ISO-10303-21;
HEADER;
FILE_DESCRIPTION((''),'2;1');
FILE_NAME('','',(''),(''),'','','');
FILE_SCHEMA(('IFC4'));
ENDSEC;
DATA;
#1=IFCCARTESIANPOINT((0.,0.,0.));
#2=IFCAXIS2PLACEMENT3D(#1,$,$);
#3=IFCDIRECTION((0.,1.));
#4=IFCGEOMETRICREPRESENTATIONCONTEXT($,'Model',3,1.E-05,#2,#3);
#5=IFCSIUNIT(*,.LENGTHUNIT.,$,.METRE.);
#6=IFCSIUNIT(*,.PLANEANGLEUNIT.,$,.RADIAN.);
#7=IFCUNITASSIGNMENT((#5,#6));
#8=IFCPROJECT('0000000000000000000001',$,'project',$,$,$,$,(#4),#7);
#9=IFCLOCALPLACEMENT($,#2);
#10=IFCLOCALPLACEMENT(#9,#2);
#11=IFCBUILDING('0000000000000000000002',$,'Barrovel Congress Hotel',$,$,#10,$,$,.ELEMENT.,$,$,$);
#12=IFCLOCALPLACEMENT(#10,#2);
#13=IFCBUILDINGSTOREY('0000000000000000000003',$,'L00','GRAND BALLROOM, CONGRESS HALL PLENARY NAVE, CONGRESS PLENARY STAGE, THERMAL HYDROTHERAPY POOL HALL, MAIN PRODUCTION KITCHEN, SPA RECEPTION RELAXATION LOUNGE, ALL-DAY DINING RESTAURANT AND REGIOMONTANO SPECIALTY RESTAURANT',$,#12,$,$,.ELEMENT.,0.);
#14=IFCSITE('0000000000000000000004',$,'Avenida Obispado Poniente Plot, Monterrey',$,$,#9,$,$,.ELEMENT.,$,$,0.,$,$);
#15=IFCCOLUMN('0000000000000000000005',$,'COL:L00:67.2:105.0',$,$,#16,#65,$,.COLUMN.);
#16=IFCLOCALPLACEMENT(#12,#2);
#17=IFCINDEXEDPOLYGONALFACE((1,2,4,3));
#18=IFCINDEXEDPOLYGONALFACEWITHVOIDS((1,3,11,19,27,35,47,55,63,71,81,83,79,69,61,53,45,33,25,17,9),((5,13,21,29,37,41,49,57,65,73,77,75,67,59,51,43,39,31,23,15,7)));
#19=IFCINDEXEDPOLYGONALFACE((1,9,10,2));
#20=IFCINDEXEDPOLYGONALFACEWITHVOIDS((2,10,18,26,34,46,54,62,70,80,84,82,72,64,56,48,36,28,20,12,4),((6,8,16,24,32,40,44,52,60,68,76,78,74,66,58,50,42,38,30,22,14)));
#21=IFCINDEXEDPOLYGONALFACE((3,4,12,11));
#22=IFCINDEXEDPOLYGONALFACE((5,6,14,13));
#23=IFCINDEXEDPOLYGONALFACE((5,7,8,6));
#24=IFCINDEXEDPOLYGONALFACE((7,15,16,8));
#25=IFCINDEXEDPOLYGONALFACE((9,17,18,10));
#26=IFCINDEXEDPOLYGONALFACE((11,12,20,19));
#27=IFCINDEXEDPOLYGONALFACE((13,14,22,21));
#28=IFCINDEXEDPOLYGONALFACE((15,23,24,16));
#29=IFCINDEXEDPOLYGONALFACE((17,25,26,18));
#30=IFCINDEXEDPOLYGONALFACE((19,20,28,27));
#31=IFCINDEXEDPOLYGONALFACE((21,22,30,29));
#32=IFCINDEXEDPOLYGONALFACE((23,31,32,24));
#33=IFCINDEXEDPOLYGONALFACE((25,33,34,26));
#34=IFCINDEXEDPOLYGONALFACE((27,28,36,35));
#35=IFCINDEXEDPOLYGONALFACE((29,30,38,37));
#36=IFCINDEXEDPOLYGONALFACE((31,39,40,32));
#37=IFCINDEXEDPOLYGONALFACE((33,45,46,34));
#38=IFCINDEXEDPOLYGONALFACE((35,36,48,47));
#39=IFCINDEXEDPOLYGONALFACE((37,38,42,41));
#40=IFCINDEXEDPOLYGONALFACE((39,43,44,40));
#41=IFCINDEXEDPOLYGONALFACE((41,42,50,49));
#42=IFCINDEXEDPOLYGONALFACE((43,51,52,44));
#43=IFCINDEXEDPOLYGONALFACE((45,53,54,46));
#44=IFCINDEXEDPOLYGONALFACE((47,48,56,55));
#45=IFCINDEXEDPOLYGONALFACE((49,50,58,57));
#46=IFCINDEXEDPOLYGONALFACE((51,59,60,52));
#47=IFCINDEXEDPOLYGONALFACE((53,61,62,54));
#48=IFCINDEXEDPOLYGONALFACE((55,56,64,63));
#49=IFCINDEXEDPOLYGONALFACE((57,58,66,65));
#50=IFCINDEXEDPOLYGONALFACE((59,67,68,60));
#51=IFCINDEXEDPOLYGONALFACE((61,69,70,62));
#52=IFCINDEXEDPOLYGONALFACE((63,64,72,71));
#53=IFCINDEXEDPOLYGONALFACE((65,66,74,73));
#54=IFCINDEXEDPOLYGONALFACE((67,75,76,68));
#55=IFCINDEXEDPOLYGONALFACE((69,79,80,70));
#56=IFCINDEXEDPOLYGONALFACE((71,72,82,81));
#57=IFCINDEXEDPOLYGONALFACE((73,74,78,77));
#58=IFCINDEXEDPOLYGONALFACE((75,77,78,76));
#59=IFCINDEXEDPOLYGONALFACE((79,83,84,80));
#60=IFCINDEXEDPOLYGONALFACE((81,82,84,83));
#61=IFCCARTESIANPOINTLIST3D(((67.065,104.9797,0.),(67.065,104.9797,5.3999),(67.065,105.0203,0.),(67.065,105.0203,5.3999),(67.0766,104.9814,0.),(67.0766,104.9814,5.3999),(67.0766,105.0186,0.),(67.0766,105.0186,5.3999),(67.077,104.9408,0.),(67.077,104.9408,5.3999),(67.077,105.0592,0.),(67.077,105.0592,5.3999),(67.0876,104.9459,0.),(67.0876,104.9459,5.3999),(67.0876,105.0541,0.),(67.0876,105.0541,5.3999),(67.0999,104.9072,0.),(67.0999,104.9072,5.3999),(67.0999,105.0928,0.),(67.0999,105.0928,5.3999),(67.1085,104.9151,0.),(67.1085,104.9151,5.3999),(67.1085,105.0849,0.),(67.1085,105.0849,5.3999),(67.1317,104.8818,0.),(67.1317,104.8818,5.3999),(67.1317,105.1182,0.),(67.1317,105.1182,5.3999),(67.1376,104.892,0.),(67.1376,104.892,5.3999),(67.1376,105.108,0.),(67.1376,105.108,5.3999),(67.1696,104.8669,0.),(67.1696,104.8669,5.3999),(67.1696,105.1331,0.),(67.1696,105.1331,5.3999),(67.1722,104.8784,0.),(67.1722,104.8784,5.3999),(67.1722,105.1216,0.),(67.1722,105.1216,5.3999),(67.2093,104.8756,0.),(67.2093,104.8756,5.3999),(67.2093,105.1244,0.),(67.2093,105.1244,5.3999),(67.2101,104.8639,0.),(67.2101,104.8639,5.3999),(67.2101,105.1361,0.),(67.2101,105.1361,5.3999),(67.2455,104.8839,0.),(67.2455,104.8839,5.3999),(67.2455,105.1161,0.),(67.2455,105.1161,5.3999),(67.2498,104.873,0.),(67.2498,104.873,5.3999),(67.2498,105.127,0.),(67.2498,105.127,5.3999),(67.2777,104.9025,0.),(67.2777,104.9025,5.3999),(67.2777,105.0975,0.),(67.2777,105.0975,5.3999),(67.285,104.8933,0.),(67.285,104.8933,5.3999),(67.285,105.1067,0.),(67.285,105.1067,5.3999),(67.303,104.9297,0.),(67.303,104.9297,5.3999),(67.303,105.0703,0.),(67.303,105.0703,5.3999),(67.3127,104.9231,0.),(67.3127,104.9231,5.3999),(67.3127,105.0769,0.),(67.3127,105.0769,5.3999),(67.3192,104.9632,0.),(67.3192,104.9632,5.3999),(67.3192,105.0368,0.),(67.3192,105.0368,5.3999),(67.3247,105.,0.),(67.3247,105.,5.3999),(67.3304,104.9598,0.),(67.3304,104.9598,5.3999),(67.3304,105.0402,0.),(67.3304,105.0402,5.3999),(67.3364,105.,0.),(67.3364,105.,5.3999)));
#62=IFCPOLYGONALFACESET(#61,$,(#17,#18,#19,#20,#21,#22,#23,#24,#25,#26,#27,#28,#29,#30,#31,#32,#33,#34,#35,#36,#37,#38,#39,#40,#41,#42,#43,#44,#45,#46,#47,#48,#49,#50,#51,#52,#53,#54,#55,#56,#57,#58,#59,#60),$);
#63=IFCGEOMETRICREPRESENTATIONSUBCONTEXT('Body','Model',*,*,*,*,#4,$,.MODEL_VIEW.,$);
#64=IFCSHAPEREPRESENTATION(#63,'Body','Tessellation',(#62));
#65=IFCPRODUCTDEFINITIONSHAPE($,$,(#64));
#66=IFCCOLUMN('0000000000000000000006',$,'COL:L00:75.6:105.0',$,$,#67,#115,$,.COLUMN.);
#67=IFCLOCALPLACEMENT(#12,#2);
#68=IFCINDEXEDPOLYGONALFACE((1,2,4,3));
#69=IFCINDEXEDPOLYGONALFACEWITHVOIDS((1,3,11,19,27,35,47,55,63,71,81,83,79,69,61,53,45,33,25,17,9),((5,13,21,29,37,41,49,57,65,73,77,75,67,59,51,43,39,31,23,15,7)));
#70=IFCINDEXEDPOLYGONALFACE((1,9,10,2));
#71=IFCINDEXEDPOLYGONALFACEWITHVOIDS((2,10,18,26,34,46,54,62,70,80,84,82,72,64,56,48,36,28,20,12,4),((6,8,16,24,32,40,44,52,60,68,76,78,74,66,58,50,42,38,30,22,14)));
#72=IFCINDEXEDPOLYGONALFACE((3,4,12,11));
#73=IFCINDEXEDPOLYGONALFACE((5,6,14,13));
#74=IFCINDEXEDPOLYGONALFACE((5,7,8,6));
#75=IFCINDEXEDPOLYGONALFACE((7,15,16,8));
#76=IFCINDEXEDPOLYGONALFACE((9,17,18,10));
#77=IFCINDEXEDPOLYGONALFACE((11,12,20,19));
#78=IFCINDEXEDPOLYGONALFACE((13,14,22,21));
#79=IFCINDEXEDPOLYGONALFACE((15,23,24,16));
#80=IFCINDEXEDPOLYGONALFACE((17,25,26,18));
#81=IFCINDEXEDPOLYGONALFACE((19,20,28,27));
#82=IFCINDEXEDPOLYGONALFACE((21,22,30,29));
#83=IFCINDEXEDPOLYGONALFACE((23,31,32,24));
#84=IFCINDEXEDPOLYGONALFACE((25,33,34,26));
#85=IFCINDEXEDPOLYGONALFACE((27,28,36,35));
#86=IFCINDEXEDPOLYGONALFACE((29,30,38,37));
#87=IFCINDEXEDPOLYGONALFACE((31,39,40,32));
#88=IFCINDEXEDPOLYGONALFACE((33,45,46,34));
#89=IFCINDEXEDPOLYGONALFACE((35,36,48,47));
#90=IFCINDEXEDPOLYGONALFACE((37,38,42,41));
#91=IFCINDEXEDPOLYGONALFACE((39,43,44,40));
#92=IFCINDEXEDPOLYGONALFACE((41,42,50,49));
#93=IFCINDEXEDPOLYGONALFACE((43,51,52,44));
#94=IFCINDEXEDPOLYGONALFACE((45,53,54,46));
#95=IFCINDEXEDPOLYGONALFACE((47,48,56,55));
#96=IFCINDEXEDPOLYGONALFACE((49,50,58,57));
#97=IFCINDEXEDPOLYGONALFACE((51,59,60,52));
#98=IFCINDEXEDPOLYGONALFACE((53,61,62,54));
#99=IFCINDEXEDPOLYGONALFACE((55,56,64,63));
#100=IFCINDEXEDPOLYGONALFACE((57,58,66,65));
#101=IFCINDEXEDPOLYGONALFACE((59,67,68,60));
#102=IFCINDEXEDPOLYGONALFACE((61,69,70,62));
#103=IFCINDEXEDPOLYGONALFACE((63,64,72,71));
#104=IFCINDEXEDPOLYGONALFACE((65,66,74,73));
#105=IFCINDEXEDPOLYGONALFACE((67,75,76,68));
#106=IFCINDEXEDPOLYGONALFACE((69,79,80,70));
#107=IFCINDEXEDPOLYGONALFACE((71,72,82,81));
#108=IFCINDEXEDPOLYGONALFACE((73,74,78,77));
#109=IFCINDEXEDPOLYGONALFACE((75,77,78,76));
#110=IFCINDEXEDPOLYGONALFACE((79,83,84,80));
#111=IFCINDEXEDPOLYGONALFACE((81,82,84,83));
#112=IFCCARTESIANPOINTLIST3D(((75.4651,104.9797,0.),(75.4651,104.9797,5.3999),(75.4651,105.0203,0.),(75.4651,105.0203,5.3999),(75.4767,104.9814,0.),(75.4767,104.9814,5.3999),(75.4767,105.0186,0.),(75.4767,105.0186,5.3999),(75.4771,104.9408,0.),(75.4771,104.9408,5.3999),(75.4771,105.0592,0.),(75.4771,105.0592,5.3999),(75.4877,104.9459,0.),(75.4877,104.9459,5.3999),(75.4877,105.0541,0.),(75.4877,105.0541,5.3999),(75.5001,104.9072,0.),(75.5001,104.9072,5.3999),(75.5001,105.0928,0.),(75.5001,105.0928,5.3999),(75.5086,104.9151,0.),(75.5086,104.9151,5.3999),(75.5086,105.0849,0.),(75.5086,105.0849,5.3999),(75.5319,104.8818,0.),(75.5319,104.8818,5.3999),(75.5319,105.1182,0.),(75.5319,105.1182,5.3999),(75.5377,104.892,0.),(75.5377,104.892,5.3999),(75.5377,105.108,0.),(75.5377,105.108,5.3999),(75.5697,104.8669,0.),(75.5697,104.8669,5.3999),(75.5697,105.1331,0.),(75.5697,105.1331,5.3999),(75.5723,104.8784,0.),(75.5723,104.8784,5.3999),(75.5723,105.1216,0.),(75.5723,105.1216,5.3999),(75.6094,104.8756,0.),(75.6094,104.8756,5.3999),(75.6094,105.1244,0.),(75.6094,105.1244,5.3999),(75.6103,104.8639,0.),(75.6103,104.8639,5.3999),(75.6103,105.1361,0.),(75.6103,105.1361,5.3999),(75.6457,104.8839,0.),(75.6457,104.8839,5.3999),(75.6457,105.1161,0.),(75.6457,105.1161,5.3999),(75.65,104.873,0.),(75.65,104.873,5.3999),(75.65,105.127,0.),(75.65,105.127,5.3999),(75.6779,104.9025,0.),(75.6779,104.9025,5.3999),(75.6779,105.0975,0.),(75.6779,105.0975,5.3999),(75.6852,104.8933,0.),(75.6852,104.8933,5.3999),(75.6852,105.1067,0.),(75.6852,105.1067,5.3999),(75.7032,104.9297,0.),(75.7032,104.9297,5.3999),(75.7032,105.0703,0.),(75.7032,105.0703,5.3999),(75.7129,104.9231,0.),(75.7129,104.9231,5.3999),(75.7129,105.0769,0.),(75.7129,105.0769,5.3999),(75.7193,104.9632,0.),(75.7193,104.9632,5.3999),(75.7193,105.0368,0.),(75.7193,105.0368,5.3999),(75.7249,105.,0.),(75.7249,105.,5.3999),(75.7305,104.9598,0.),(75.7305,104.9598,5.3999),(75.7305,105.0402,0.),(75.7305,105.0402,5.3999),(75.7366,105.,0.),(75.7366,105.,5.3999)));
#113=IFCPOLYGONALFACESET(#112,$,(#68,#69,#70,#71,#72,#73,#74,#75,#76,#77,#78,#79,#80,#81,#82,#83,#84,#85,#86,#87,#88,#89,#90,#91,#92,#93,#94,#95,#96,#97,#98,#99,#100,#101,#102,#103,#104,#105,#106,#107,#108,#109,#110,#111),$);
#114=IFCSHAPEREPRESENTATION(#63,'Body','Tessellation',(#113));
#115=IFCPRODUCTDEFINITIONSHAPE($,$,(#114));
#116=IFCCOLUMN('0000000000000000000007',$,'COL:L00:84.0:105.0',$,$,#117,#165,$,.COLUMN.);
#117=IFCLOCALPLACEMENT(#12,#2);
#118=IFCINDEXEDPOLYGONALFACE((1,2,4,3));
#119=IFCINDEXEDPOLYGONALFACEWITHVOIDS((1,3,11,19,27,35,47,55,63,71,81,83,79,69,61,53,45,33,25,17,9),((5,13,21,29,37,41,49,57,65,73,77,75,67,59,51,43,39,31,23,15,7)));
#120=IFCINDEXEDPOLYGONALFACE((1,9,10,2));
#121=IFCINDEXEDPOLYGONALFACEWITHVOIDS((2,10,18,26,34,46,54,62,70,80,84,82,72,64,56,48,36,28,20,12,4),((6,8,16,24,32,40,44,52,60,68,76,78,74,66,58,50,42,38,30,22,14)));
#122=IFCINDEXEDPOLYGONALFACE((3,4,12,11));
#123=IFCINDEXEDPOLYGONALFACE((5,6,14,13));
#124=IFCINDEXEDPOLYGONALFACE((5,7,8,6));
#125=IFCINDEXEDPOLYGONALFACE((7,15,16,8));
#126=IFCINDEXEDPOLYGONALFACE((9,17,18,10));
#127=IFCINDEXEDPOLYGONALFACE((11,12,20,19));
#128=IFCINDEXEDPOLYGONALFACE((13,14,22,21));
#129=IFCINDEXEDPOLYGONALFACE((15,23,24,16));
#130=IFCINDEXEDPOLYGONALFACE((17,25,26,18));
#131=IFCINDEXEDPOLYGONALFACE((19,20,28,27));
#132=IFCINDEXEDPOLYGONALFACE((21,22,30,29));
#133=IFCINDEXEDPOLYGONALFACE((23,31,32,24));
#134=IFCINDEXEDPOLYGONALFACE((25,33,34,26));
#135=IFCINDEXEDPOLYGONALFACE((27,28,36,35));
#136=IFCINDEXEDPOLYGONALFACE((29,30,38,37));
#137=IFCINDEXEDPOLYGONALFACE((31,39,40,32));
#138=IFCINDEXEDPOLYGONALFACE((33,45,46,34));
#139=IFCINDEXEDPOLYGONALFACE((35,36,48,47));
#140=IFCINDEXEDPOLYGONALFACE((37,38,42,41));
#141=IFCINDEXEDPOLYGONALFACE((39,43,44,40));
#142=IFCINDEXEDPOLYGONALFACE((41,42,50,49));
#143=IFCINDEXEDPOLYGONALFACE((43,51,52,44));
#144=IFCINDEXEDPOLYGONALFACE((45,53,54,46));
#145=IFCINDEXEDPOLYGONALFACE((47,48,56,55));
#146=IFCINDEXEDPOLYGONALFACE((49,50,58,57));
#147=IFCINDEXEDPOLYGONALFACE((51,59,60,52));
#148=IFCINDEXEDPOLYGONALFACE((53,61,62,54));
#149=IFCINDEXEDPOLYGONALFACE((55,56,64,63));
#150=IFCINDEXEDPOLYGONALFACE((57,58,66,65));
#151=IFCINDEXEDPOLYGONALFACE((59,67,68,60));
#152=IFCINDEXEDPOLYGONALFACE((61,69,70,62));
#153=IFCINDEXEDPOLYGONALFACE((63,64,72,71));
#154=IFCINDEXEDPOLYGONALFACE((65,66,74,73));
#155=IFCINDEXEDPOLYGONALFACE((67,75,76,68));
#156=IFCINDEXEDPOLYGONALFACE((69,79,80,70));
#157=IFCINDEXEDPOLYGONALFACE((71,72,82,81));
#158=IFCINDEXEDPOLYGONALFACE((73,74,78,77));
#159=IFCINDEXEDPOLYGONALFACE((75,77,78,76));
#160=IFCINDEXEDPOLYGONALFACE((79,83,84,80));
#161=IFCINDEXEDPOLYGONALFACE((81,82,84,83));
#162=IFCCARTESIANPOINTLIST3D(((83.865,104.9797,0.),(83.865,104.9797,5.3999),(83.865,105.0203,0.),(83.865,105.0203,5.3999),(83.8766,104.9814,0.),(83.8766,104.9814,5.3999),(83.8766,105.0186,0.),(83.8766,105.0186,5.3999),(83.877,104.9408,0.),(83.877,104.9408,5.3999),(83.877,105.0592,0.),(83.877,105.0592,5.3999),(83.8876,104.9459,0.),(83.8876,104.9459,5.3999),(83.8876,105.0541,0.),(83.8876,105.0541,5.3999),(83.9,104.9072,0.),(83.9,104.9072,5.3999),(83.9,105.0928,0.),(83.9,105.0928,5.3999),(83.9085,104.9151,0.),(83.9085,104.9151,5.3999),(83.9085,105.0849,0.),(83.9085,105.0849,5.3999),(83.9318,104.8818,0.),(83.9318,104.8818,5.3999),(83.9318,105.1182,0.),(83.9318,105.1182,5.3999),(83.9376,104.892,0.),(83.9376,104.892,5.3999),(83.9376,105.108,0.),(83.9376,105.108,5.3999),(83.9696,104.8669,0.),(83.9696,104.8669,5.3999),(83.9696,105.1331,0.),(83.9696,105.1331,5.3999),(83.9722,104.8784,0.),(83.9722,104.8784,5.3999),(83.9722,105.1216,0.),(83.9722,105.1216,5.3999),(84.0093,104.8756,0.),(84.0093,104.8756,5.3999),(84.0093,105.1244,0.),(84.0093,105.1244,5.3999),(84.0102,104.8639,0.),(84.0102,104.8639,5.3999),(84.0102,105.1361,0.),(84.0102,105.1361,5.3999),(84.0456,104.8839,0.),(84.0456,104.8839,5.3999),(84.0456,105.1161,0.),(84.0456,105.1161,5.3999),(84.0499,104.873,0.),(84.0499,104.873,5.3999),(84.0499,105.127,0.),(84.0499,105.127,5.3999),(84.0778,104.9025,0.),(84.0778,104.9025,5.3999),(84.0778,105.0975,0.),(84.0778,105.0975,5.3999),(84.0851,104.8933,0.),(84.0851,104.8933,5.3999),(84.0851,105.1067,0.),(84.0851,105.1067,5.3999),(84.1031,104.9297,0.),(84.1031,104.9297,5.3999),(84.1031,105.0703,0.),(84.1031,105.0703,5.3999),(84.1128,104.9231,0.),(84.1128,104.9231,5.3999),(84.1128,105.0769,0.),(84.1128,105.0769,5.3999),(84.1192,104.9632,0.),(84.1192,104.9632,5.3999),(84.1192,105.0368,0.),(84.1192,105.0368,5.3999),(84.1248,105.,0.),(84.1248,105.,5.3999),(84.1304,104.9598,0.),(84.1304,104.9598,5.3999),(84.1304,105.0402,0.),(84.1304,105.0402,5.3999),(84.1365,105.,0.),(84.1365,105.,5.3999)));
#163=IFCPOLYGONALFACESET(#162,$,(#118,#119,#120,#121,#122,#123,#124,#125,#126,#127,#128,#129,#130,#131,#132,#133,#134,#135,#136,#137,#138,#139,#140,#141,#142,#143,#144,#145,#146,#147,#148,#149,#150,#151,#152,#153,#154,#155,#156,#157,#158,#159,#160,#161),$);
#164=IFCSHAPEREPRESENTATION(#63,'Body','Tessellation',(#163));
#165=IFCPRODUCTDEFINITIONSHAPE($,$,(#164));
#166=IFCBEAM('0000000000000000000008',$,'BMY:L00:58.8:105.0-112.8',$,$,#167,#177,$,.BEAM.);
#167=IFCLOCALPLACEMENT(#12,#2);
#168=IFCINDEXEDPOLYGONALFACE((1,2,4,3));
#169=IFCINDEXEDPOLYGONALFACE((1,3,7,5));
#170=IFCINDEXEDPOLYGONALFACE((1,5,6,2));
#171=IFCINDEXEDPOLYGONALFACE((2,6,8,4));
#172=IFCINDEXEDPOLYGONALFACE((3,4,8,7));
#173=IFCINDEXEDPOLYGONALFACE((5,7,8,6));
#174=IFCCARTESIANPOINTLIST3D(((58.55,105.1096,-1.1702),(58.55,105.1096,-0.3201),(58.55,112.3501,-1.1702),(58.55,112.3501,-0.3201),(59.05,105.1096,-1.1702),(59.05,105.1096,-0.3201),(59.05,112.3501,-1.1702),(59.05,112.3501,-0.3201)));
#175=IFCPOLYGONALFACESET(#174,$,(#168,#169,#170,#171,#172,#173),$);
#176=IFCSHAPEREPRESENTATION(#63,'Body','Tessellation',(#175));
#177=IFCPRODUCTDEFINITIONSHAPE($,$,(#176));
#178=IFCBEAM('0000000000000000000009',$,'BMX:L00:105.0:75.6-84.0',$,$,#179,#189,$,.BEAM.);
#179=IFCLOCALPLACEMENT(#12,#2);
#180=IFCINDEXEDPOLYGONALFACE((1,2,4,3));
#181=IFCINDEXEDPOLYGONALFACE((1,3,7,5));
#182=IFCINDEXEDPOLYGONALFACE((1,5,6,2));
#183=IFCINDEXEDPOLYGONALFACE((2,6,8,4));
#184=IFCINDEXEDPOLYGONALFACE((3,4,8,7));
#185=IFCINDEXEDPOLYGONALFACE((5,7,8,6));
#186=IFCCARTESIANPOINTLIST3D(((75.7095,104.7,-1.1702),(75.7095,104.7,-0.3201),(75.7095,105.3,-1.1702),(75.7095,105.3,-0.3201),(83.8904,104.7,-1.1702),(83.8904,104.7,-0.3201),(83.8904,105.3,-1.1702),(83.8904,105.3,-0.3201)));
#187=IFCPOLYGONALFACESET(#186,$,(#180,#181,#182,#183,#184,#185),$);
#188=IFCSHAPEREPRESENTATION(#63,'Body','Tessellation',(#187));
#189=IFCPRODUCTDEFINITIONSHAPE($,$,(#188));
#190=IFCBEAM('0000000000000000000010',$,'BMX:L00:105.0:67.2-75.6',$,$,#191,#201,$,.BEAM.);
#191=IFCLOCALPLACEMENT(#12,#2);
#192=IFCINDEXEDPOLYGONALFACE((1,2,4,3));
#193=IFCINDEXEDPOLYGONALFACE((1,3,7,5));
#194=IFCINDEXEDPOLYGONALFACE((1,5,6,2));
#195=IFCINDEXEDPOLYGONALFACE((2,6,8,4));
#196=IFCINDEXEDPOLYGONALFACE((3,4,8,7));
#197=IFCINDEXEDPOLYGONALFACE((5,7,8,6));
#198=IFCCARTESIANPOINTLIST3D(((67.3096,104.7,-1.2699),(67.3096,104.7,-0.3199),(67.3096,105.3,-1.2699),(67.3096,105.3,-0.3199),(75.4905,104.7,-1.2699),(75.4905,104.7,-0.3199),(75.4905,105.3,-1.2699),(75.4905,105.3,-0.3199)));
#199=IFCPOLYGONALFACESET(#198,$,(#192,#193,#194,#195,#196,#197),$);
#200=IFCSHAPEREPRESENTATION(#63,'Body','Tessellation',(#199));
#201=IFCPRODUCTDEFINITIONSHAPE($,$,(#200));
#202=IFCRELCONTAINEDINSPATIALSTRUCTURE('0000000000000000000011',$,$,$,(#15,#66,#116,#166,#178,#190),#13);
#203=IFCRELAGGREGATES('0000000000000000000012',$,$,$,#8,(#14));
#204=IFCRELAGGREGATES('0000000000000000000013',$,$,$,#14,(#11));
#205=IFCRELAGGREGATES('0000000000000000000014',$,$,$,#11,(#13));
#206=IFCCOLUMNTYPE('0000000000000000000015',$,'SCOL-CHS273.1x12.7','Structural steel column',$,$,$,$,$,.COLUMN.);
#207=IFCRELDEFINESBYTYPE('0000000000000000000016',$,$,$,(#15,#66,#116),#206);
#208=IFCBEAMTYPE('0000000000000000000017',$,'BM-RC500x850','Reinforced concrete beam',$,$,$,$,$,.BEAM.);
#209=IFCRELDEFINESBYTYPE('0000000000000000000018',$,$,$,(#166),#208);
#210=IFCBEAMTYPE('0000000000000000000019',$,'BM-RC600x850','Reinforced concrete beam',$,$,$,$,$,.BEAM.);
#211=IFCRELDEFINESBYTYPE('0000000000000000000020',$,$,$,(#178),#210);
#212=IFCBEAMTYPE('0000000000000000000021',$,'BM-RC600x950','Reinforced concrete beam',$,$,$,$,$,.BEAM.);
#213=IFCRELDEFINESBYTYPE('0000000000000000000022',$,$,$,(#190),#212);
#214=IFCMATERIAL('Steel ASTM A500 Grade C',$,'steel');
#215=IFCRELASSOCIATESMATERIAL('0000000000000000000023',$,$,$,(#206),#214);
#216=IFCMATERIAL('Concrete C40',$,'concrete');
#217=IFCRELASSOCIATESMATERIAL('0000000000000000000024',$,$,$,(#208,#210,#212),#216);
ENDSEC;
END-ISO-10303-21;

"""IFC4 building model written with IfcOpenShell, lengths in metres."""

from ifc_helpers import new_model, si_unit, direction, frame, origin, origin_2d, place, context, subcontext, project, spatial, rectangle, hollow_circle, extrude, material, material_profile, profile_set, type_object, element, save


model = new_model("IFC4")

# Units and contexts
model_context = context("Model", 3, precision=1e-05, world=origin(), true_north=direction((0.0, 1.0)))
body_context = subcontext(model_context, "Body", "Model", "MODEL_VIEW")
ifc_project = project(units=[si_unit("LENGTHUNIT", "METRE"), si_unit("PLANEANGLEUNIT", "RADIAN")], contexts=[model_context])

# Site, building, storey
site_placement = place(None, origin())
site = spatial("IfcSite", under=ifc_project, at=site_placement, Name="Avenida Obispado Poniente Plot, Monterrey", CompositionType="ELEMENT", RefElevation=0.0)
building_placement = place(site_placement, origin())
building = spatial("IfcBuilding", under=site, at=building_placement, Name="Barrovel Congress Hotel", CompositionType="ELEMENT")
storey_placement = place(building_placement, origin())
storey = spatial("IfcBuildingStorey", under=building, at=storey_placement, Name="L00", Description="GRAND BALLROOM, CONGRESS HALL PLENARY NAVE, CONGRESS PLENARY STAGE, THERMAL HYDROTHERAPY POOL HALL, MAIN PRODUCTION KITCHEN, SPA RECEPTION RELAXATION LOUNGE, ALL-DAY DINING RESTAURANT AND REGIOMONTANO SPECIALTY RESTAURANT", CompositionType="ELEMENT", Elevation=0.0)

# Shared definitions
ifc_material_1 = material(Name="Concrete C40", Category="concrete")

# Columns
ifc_material_2 = material(Name="Steel ASTM A500 Grade C", Category="steel")
ifc_material_profile_1 = material_profile(ifc_material_2, hollow_circle(Radius=0.1365, WallThickness=0.0117, at=origin_2d()), Name="CHS273.1x12.7")
ifc_profile_set_1 = profile_set([ifc_material_profile_1], Name="Steel ASTM A500 Grade C")
column_type_1 = type_object("IfcColumnType", Name="SCOL-CHS273.1x12.7", Description="Structural steel column", PredefinedType="COLUMN", material=ifc_profile_set_1)
for number, where, z_axis, x_axis, name in (
    (1, (67.2, 105.0, 0.0), (0.0, 0.0, 1.0), (1.0, 0.0, 0.0), "COL:L00:67.2:105.0"),
    (2, (75.6001, 105.0, 0.0), (0.0, 0.0, 1.0), (1.0, 0.0, 0.0), "COL:L00:75.6:105.0"),
    (3, (84.0, 105.0, 0.0), (0.0, 0.0, 1.0), (1.0, 0.0, 0.0), "COL:L00:84.0:105.0"),
):
    element("IfcColumn", number, at=place(storey_placement, frame(where, z_axis=z_axis, x_axis=x_axis)), inside=storey, type_object=column_type_1, Name=name, PredefinedType="COLUMN", context=body_context, shape_type="SweptSolid", body=[
        extrude(hollow_circle(Radius=0.1365, WallThickness=0.0117, at=origin_2d()), origin(), (0.0, 0.0, 1.0), 5.3999),
    ])

# Beams
ifc_material_profile_2 = material_profile(ifc_material_1, rectangle(XDim=0.5, YDim=0.8501, at=origin_2d()), Name="RC500x850")
ifc_profile_set_2 = profile_set([ifc_material_profile_2], Name="Concrete C40")
beam_type_1 = type_object("IfcBeamType", Name="BM-RC500x850", Description="Reinforced concrete beam", PredefinedType="BEAM", material=ifc_profile_set_2)
beam_1_placement = place(storey_placement, frame((58.8, 105.1096, -0.7451), z_axis=(0.0, 1.0, 0.0), x_axis=(-1.0, 0.0, 0.0)))
element("IfcBeam", 4, at=beam_1_placement, inside=storey, type_object=beam_type_1, Name="BMY:L00:58.8:105.0-112.8", PredefinedType="BEAM", context=body_context, shape_type="SweptSolid", body=[
    extrude(rectangle(XDim=0.5, YDim=0.8501, at=origin_2d()), origin(), (0.0, 0.0, 1.0), 7.2405),
])
ifc_material_profile_3 = material_profile(ifc_material_1, rectangle(XDim=0.6001, YDim=0.8501, at=origin_2d()), Name="RC600x850")
ifc_profile_set_3 = profile_set([ifc_material_profile_3], Name="Concrete C40")
beam_type_2 = type_object("IfcBeamType", Name="BM-RC600x850", Description="Reinforced concrete beam", PredefinedType="BEAM", material=ifc_profile_set_3)
beam_2_placement = place(storey_placement, frame((75.7095, 105.0, -0.7451), z_axis=(1.0, 0.0, 0.0), x_axis=(0.0, 1.0, 0.0)))
element("IfcBeam", 5, at=beam_2_placement, inside=storey, type_object=beam_type_2, Name="BMX:L00:105.0:75.6-84.0", PredefinedType="BEAM", context=body_context, shape_type="SweptSolid", body=[
    extrude(rectangle(XDim=0.6001, YDim=0.8501, at=origin_2d()), origin(), (0.0, 0.0, 1.0), 8.1809),
])
ifc_material_profile_4 = material_profile(ifc_material_1, rectangle(XDim=0.6001, YDim=0.95, at=origin_2d()), Name="RC600x950")
ifc_profile_set_4 = profile_set([ifc_material_profile_4], Name="Concrete C40")
beam_type_3 = type_object("IfcBeamType", Name="BM-RC600x950", Description="Reinforced concrete beam", PredefinedType="BEAM", material=ifc_profile_set_4)
beam_3_placement = place(storey_placement, frame((67.3096, 105.0, -0.7949), z_axis=(1.0, 0.0, 0.0), x_axis=(0.0, 1.0, 0.0)))
element("IfcBeam", 6, at=beam_3_placement, inside=storey, type_object=beam_type_3, Name="BMX:L00:105.0:67.2-75.6", PredefinedType="BEAM", context=body_context, shape_type="SweptSolid", body=[
    extrude(rectangle(XDim=0.6001, YDim=0.95, at=origin_2d()), origin(), (0.0, 0.0, 1.0), 8.1809),
])

save(model, "model.ifc")
